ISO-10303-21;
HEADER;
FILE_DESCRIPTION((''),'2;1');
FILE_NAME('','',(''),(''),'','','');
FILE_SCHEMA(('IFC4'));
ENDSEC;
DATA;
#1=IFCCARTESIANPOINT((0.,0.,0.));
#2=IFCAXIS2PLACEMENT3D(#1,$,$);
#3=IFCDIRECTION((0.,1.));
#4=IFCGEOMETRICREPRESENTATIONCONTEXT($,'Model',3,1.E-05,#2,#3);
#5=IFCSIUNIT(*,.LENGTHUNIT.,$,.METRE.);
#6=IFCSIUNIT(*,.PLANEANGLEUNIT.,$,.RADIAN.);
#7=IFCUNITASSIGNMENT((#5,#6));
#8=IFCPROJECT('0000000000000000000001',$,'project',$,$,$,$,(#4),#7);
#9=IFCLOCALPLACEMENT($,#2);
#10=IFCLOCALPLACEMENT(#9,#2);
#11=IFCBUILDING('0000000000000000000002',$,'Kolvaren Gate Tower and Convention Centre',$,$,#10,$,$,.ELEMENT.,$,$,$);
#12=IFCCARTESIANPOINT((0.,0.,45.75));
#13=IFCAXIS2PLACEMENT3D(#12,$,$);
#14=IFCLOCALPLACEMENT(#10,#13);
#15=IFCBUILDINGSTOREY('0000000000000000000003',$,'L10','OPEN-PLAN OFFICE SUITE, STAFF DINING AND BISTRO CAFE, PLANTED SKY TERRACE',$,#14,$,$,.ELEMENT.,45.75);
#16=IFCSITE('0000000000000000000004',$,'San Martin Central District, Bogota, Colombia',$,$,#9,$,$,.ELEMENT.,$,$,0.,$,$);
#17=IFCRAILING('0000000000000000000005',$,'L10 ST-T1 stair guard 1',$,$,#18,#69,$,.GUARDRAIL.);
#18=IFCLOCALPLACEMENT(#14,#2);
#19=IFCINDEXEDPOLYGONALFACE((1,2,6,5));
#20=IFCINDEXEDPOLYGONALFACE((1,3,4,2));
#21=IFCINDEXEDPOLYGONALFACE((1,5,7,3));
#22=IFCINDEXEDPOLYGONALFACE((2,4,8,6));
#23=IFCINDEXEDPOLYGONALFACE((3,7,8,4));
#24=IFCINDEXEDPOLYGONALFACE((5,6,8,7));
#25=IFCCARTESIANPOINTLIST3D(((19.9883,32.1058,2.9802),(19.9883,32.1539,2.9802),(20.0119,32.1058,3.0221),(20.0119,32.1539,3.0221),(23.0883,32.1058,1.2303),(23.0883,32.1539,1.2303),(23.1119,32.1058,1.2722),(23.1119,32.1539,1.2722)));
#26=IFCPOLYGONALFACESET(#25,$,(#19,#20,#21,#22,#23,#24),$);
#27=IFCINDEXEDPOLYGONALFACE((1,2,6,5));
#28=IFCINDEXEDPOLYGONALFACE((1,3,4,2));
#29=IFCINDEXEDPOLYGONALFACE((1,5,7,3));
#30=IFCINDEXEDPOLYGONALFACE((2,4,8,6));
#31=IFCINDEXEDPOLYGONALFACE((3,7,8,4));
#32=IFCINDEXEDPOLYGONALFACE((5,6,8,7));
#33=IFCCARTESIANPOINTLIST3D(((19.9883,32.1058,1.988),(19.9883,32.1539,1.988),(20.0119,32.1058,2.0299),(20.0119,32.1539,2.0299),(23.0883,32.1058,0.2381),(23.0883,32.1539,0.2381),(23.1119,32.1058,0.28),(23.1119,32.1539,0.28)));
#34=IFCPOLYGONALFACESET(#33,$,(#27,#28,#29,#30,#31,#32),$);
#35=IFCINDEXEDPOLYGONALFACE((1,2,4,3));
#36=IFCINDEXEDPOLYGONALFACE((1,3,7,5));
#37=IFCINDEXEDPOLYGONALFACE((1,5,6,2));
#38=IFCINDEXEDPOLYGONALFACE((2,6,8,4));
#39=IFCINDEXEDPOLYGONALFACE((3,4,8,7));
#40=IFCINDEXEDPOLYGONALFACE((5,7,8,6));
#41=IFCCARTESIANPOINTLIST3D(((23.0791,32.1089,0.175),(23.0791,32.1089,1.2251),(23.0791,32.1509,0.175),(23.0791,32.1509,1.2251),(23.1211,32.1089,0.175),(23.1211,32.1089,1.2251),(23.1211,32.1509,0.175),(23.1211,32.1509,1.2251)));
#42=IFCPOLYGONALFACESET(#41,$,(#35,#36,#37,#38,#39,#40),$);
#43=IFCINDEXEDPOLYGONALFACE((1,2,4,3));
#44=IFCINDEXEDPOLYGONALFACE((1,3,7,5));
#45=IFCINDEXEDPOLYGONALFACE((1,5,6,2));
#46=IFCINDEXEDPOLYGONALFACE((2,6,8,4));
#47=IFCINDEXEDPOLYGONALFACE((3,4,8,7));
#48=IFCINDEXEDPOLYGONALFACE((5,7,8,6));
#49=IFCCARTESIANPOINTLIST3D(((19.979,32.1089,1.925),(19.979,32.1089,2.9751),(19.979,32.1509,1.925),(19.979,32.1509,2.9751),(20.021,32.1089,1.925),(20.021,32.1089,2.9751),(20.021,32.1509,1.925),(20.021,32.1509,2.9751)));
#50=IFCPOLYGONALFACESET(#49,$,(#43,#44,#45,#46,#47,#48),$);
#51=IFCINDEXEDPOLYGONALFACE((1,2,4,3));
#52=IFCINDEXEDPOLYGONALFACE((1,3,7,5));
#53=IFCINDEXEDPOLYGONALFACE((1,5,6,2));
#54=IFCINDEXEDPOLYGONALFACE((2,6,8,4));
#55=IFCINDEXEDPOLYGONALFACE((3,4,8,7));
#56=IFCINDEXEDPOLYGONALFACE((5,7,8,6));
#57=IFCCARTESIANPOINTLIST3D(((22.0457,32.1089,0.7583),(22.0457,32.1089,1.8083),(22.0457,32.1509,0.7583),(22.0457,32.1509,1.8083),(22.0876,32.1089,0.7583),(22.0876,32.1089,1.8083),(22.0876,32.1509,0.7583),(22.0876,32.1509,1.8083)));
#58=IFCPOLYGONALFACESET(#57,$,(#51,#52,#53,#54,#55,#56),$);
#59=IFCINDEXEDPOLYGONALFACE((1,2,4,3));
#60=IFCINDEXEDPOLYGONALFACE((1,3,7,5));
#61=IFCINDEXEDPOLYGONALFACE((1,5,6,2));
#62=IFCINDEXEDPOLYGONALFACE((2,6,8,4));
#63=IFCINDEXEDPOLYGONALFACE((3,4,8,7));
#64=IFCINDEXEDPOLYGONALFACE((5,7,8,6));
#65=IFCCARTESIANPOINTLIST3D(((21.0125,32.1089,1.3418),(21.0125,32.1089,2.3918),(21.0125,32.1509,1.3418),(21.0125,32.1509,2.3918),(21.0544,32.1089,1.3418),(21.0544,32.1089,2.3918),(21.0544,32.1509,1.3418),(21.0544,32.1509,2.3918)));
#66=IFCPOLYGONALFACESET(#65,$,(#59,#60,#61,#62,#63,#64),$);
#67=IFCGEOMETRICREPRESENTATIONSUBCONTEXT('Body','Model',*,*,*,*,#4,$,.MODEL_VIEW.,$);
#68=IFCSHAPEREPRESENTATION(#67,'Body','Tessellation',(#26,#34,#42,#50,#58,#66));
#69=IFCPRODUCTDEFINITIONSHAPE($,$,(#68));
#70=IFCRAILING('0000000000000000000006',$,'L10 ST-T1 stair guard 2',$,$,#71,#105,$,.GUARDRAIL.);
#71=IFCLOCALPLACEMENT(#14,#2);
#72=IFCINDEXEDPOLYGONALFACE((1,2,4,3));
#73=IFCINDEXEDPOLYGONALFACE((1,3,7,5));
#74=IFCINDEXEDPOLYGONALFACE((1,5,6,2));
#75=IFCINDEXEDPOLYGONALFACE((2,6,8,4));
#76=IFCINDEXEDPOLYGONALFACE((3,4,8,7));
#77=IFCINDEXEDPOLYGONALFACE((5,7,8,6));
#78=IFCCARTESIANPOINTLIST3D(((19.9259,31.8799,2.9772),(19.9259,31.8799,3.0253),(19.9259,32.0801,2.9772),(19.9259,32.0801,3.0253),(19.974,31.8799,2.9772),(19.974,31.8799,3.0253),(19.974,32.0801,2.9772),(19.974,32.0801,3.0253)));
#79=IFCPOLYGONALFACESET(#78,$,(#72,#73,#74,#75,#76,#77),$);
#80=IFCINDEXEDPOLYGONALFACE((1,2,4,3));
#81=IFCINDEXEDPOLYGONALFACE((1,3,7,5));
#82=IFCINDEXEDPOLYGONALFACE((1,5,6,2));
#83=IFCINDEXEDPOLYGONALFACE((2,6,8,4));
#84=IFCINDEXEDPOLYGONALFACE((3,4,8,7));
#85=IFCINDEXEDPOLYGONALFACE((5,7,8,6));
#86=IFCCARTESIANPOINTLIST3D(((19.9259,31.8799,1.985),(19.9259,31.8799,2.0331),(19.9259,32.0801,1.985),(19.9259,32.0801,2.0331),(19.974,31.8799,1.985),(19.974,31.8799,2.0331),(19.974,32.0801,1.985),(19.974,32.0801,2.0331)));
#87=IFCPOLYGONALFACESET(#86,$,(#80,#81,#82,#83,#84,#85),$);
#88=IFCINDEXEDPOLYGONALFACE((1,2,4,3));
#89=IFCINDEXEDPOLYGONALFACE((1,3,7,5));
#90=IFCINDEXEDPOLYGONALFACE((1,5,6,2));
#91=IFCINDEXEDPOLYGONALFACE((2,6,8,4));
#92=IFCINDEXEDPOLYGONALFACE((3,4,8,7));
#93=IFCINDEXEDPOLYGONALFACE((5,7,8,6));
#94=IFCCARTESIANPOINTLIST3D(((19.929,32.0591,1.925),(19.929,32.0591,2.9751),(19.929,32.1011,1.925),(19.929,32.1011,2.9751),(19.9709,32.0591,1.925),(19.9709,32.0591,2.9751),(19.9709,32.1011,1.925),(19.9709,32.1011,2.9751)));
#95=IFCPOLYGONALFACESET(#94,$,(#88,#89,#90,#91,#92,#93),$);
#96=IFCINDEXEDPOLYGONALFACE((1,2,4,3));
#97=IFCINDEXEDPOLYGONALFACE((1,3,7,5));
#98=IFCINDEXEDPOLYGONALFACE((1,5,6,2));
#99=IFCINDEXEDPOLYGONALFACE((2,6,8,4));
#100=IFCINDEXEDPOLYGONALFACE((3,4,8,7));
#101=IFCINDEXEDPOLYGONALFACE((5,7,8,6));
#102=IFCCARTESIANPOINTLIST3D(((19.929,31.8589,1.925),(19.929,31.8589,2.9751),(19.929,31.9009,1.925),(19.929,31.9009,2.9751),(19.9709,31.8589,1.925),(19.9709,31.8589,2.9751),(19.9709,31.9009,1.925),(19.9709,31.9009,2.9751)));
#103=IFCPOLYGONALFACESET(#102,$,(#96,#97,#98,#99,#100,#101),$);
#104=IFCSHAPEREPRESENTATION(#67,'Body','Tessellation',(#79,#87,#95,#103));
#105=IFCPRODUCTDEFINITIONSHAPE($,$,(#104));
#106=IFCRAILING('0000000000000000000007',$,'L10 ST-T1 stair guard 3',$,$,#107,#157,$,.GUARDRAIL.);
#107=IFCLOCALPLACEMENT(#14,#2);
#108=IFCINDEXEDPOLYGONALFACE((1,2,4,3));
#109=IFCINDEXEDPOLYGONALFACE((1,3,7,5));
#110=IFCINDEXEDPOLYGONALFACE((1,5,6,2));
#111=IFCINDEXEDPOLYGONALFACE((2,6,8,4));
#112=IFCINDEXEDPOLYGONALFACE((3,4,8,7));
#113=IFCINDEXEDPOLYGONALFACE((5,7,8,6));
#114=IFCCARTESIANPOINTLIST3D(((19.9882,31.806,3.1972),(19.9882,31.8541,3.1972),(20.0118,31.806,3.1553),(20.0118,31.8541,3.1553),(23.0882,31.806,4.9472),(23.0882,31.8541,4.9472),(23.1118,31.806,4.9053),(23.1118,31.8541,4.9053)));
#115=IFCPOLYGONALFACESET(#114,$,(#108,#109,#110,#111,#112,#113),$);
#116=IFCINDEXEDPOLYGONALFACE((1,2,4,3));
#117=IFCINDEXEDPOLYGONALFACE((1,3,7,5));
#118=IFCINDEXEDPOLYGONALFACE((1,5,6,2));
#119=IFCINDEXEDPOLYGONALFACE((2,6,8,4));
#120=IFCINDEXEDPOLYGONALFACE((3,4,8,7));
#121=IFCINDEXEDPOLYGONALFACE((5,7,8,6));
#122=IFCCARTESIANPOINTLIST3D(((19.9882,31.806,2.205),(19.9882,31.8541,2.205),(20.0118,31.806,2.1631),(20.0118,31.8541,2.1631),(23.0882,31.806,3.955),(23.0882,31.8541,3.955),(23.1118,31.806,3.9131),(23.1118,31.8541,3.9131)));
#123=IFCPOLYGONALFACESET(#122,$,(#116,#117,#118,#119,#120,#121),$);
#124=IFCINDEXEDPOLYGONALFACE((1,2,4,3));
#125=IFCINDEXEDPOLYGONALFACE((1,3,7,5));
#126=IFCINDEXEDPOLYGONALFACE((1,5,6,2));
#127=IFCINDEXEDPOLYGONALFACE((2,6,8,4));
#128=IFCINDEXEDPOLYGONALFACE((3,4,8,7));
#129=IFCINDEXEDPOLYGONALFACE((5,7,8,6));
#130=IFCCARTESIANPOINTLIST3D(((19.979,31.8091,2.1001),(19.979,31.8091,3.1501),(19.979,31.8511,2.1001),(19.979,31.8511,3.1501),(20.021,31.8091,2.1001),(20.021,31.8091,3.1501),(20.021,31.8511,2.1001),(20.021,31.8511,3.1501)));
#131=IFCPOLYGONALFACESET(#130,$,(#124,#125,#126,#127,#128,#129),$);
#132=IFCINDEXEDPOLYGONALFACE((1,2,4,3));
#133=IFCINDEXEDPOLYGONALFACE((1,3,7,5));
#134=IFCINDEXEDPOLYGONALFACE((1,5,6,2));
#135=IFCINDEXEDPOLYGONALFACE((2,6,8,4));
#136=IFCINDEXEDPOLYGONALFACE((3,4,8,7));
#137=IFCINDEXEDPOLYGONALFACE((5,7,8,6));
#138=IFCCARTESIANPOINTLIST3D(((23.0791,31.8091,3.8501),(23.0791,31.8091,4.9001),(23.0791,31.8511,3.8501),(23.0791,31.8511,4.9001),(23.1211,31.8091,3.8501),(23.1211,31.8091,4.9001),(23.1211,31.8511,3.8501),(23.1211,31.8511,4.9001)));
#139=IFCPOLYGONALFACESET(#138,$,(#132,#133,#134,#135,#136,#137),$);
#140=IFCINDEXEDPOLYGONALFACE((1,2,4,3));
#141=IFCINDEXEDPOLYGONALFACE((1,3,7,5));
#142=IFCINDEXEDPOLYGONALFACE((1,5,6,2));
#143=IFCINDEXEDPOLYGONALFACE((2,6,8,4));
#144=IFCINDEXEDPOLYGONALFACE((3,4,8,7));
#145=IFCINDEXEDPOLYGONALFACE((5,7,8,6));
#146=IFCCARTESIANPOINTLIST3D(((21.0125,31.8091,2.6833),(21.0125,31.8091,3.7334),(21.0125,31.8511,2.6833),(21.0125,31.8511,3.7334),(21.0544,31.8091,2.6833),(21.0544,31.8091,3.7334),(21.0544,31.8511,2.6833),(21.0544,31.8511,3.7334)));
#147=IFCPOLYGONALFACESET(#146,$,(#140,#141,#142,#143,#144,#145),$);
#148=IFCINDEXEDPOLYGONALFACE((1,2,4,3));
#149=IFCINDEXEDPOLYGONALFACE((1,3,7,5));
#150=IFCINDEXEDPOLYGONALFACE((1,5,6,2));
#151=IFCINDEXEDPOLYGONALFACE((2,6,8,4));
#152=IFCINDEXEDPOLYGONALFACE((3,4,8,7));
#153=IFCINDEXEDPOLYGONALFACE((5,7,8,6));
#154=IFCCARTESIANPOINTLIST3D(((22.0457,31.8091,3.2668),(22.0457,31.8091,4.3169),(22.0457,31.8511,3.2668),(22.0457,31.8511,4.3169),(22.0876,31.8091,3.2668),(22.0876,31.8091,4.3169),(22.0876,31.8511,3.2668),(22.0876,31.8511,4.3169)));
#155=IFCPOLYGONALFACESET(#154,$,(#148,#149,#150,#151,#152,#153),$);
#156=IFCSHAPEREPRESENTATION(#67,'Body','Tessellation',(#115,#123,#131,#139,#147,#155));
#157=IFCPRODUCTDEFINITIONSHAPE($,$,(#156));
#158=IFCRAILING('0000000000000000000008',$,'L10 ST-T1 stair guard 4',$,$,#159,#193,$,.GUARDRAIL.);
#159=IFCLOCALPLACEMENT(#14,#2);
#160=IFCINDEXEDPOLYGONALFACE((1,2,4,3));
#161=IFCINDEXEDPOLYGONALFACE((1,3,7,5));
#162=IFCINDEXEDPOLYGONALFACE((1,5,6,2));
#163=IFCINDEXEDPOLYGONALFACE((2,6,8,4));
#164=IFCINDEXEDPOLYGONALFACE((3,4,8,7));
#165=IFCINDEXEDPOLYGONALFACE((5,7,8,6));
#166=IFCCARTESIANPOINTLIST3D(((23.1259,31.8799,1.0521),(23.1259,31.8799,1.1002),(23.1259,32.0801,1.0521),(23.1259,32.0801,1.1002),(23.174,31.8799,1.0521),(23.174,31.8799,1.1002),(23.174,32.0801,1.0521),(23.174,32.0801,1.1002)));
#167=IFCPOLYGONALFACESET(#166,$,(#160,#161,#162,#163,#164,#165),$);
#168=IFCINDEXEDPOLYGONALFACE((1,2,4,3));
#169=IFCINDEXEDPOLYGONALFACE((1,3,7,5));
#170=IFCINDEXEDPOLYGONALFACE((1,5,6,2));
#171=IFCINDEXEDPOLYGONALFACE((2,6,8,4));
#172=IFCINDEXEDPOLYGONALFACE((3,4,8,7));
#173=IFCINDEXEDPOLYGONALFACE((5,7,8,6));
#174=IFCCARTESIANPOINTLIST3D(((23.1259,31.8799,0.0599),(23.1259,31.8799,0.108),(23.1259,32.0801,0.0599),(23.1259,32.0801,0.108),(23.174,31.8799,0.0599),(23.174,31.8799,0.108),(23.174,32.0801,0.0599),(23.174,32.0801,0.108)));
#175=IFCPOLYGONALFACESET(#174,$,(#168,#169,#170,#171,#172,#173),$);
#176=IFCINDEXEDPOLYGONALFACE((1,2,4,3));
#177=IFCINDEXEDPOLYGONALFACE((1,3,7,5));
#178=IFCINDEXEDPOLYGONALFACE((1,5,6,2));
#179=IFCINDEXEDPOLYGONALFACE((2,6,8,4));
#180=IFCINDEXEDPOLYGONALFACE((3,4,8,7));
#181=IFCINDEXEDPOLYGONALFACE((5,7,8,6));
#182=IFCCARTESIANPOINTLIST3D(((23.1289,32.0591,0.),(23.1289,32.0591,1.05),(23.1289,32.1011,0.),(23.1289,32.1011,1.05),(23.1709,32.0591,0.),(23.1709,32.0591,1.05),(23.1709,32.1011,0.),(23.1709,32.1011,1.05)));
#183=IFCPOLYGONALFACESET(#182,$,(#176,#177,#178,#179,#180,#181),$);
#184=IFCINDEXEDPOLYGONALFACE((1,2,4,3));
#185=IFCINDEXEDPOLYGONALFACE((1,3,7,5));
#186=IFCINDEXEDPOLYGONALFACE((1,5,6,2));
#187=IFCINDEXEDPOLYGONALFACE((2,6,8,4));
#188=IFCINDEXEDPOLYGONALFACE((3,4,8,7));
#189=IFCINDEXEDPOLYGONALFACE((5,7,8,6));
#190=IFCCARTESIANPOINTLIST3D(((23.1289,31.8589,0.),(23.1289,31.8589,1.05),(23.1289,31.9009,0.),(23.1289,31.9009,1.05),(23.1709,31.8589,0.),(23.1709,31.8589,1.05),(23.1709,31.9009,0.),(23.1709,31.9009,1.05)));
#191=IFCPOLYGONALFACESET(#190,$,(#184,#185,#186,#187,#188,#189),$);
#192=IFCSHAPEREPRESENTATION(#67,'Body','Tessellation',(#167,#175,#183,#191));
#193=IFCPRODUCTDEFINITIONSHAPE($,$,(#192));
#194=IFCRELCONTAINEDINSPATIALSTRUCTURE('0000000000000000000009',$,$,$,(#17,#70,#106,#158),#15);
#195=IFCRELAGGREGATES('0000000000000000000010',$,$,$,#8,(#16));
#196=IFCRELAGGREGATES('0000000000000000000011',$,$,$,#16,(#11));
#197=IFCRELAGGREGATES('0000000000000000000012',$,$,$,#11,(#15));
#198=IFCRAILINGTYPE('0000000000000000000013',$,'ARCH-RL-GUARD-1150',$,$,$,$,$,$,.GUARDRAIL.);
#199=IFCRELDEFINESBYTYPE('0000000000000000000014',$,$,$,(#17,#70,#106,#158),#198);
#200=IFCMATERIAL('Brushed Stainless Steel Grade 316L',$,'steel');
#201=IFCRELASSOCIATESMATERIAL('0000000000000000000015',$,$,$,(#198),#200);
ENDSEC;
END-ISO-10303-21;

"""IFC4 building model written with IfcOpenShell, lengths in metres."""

from ifc_helpers import new_model, si_unit, direction, frame, origin, origin_2d, place, context, subcontext, project, spatial, rectangle, extrude, material, type_object, element, save


model = new_model("IFC4")

# Units and contexts
model_context = context("Model", 3, precision=1e-05, world=origin(), true_north=direction((0.0, 1.0)))
body_context = subcontext(model_context, "Body", "Model", "MODEL_VIEW")
ifc_project = project(units=[si_unit("LENGTHUNIT", "METRE"), si_unit("PLANEANGLEUNIT", "RADIAN")], contexts=[model_context])

# Site, building, storey
site_placement = place(None, origin())
site = spatial("IfcSite", under=ifc_project, at=site_placement, Name="San Martin Central District, Bogota, Colombia", CompositionType="ELEMENT", RefElevation=0.0)
building_placement = place(site_placement, origin())
building = spatial("IfcBuilding", under=site, at=building_placement, Name="Kolvaren Gate Tower and Convention Centre", CompositionType="ELEMENT")
storey_placement = place(building_placement, frame((0.0, 0.0, 45.75)))
storey = spatial("IfcBuildingStorey", under=building, at=storey_placement, Name="L10", Description="OPEN-PLAN OFFICE SUITE, STAFF DINING AND BISTRO CAFE, PLANTED SKY TERRACE", CompositionType="ELEMENT", Elevation=45.75)

# Shared definitions
ifc_material_1 = material(Name="Brushed Stainless Steel Grade 316L", Category="steel")

# Railings
railing_type_1 = type_object("IfcRailingType", Name="ARCH-RL-GUARD-1150", PredefinedType="GUARDRAIL", material=ifc_material_1)
railing_1_placement = place(storey_placement, frame((23.1001, 32.1299, 0.175)))
element("IfcRailing", 1, at=railing_1_placement, inside=storey, type_object=railing_type_1, Name="L10 ST-T1 stair guard 1", PredefinedType="GUARDRAIL", context=body_context, shape_type="SweptSolid", body=[
    extrude(rectangle(XDim=0.0481, YDim=0.0481, at=origin_2d()), frame((0.0, 0.0, 1.0762), z_axis=(-0.870831, 0.0, 0.491583), x_axis=(0.0, -1.0, 0.0)), (0.0, 0.0, 1.0), 3.5598),
    extrude(rectangle(XDim=0.0481, YDim=0.0481, at=origin_2d()), frame((0.0, 0.0, 0.084), z_axis=(-0.870831, 0.0, 0.491583), x_axis=(0.0, -1.0, 0.0)), (0.0, 0.0, 1.0), 3.5598),
    extrude(rectangle(XDim=0.042, YDim=0.042, at=origin_2d()), origin(), (0.0, 0.0, 1.0), 1.05),
    extrude(rectangle(XDim=0.042, YDim=0.042, at=origin_2d()), frame((-3.1001, 0.0, 1.75)), (0.0, 0.0, 1.0), 1.05),
    extrude(rectangle(XDim=0.042, YDim=0.042, at=origin_2d()), frame((-1.0334, 0.0, 0.5833)), (0.0, 0.0, 1.0), 1.05),
    extrude(rectangle(XDim=0.042, YDim=0.042, at=origin_2d()), frame((-2.0667, 0.0, 1.1667)), (0.0, 0.0, 1.0), 1.05),
])
railing_2_placement = place(storey_placement, frame((19.95, 32.0801, 1.925)))
element("IfcRailing", 2, at=railing_2_placement, inside=storey, type_object=railing_type_1, Name="L10 ST-T1 stair guard 2", PredefinedType="GUARDRAIL", context=body_context, shape_type="SweptSolid", body=[
    extrude(rectangle(XDim=0.0481, YDim=0.0481, at=origin_2d()), frame((0.0, 0.0, 1.0762), z_axis=(0.0, -1.0, 0.0), x_axis=(1.0, 0.0, 0.0)), (0.0, 0.0, 1.0), 0.2002),
    extrude(rectangle(XDim=0.0481, YDim=0.0481, at=origin_2d()), frame((0.0, 0.0, 0.084), z_axis=(0.0, -1.0, 0.0), x_axis=(1.0, 0.0, 0.0)), (0.0, 0.0, 1.0), 0.2002),
    extrude(rectangle(XDim=0.042, YDim=0.042, at=origin_2d()), origin(), (0.0, 0.0, 1.0), 1.05),
    extrude(rectangle(XDim=0.042, YDim=0.042, at=origin_2d()), frame((0.0, -0.2002, 0.0)), (0.0, 0.0, 1.0), 1.05),
])
railing_3_placement = place(storey_placement, frame((20.0, 31.8301, 2.1001)))
element("IfcRailing", 3, at=railing_3_placement, inside=storey, type_object=railing_type_1, Name="L10 ST-T1 stair guard 3", PredefinedType="GUARDRAIL", context=body_context, shape_type="SweptSolid", body=[
    extrude(rectangle(XDim=0.0481, YDim=0.0481, at=origin_2d()), frame((0.0, 0.0, 1.0762), z_axis=(0.870831, 0.0, 0.491583), x_axis=(0.0, 1.0, 0.0)), (0.0, 0.0, 1.0), 3.5598),
    extrude(rectangle(XDim=0.0481, YDim=0.0481, at=origin_2d()), frame((0.0, 0.0, 0.084), z_axis=(0.870831, 0.0, 0.491583), x_axis=(0.0, 1.0, 0.0)), (0.0, 0.0, 1.0), 3.5598),
    extrude(rectangle(XDim=0.042, YDim=0.042, at=origin_2d()), origin(), (0.0, 0.0, 1.0), 1.05),
    extrude(rectangle(XDim=0.042, YDim=0.042, at=origin_2d()), frame((3.1001, 0.0, 1.75)), (0.0, 0.0, 1.0), 1.05),
    extrude(rectangle(XDim=0.042, YDim=0.042, at=origin_2d()), frame((1.0334, 0.0, 0.5833)), (0.0, 0.0, 1.0), 1.05),
    extrude(rectangle(XDim=0.042, YDim=0.042, at=origin_2d()), frame((2.0667, 0.0, 1.1667)), (0.0, 0.0, 1.0), 1.05),
])
railing_4_placement = place(storey_placement, frame((23.1499, 32.0801, 0.0)))
element("IfcRailing", 4, at=railing_4_placement, inside=storey, type_object=railing_type_1, Name="L10 ST-T1 stair guard 4", PredefinedType="GUARDRAIL", context=body_context, shape_type="SweptSolid", body=[
    extrude(rectangle(XDim=0.0481, YDim=0.0481, at=origin_2d()), frame((0.0, 0.0, 1.0762), z_axis=(0.0, -1.0, 0.0), x_axis=(1.0, 0.0, 0.0)), (0.0, 0.0, 1.0), 0.2002),
    extrude(rectangle(XDim=0.0481, YDim=0.0481, at=origin_2d()), frame((0.0, 0.0, 0.084), z_axis=(0.0, -1.0, 0.0), x_axis=(1.0, 0.0, 0.0)), (0.0, 0.0, 1.0), 0.2002),
    extrude(rectangle(XDim=0.042, YDim=0.042, at=origin_2d()), origin(), (0.0, 0.0, 1.0), 1.05),
    extrude(rectangle(XDim=0.042, YDim=0.042, at=origin_2d()), frame((0.0, -0.2002, 0.0)), (0.0, 0.0, 1.0), 1.05),
])

save(model, "model.ifc")
